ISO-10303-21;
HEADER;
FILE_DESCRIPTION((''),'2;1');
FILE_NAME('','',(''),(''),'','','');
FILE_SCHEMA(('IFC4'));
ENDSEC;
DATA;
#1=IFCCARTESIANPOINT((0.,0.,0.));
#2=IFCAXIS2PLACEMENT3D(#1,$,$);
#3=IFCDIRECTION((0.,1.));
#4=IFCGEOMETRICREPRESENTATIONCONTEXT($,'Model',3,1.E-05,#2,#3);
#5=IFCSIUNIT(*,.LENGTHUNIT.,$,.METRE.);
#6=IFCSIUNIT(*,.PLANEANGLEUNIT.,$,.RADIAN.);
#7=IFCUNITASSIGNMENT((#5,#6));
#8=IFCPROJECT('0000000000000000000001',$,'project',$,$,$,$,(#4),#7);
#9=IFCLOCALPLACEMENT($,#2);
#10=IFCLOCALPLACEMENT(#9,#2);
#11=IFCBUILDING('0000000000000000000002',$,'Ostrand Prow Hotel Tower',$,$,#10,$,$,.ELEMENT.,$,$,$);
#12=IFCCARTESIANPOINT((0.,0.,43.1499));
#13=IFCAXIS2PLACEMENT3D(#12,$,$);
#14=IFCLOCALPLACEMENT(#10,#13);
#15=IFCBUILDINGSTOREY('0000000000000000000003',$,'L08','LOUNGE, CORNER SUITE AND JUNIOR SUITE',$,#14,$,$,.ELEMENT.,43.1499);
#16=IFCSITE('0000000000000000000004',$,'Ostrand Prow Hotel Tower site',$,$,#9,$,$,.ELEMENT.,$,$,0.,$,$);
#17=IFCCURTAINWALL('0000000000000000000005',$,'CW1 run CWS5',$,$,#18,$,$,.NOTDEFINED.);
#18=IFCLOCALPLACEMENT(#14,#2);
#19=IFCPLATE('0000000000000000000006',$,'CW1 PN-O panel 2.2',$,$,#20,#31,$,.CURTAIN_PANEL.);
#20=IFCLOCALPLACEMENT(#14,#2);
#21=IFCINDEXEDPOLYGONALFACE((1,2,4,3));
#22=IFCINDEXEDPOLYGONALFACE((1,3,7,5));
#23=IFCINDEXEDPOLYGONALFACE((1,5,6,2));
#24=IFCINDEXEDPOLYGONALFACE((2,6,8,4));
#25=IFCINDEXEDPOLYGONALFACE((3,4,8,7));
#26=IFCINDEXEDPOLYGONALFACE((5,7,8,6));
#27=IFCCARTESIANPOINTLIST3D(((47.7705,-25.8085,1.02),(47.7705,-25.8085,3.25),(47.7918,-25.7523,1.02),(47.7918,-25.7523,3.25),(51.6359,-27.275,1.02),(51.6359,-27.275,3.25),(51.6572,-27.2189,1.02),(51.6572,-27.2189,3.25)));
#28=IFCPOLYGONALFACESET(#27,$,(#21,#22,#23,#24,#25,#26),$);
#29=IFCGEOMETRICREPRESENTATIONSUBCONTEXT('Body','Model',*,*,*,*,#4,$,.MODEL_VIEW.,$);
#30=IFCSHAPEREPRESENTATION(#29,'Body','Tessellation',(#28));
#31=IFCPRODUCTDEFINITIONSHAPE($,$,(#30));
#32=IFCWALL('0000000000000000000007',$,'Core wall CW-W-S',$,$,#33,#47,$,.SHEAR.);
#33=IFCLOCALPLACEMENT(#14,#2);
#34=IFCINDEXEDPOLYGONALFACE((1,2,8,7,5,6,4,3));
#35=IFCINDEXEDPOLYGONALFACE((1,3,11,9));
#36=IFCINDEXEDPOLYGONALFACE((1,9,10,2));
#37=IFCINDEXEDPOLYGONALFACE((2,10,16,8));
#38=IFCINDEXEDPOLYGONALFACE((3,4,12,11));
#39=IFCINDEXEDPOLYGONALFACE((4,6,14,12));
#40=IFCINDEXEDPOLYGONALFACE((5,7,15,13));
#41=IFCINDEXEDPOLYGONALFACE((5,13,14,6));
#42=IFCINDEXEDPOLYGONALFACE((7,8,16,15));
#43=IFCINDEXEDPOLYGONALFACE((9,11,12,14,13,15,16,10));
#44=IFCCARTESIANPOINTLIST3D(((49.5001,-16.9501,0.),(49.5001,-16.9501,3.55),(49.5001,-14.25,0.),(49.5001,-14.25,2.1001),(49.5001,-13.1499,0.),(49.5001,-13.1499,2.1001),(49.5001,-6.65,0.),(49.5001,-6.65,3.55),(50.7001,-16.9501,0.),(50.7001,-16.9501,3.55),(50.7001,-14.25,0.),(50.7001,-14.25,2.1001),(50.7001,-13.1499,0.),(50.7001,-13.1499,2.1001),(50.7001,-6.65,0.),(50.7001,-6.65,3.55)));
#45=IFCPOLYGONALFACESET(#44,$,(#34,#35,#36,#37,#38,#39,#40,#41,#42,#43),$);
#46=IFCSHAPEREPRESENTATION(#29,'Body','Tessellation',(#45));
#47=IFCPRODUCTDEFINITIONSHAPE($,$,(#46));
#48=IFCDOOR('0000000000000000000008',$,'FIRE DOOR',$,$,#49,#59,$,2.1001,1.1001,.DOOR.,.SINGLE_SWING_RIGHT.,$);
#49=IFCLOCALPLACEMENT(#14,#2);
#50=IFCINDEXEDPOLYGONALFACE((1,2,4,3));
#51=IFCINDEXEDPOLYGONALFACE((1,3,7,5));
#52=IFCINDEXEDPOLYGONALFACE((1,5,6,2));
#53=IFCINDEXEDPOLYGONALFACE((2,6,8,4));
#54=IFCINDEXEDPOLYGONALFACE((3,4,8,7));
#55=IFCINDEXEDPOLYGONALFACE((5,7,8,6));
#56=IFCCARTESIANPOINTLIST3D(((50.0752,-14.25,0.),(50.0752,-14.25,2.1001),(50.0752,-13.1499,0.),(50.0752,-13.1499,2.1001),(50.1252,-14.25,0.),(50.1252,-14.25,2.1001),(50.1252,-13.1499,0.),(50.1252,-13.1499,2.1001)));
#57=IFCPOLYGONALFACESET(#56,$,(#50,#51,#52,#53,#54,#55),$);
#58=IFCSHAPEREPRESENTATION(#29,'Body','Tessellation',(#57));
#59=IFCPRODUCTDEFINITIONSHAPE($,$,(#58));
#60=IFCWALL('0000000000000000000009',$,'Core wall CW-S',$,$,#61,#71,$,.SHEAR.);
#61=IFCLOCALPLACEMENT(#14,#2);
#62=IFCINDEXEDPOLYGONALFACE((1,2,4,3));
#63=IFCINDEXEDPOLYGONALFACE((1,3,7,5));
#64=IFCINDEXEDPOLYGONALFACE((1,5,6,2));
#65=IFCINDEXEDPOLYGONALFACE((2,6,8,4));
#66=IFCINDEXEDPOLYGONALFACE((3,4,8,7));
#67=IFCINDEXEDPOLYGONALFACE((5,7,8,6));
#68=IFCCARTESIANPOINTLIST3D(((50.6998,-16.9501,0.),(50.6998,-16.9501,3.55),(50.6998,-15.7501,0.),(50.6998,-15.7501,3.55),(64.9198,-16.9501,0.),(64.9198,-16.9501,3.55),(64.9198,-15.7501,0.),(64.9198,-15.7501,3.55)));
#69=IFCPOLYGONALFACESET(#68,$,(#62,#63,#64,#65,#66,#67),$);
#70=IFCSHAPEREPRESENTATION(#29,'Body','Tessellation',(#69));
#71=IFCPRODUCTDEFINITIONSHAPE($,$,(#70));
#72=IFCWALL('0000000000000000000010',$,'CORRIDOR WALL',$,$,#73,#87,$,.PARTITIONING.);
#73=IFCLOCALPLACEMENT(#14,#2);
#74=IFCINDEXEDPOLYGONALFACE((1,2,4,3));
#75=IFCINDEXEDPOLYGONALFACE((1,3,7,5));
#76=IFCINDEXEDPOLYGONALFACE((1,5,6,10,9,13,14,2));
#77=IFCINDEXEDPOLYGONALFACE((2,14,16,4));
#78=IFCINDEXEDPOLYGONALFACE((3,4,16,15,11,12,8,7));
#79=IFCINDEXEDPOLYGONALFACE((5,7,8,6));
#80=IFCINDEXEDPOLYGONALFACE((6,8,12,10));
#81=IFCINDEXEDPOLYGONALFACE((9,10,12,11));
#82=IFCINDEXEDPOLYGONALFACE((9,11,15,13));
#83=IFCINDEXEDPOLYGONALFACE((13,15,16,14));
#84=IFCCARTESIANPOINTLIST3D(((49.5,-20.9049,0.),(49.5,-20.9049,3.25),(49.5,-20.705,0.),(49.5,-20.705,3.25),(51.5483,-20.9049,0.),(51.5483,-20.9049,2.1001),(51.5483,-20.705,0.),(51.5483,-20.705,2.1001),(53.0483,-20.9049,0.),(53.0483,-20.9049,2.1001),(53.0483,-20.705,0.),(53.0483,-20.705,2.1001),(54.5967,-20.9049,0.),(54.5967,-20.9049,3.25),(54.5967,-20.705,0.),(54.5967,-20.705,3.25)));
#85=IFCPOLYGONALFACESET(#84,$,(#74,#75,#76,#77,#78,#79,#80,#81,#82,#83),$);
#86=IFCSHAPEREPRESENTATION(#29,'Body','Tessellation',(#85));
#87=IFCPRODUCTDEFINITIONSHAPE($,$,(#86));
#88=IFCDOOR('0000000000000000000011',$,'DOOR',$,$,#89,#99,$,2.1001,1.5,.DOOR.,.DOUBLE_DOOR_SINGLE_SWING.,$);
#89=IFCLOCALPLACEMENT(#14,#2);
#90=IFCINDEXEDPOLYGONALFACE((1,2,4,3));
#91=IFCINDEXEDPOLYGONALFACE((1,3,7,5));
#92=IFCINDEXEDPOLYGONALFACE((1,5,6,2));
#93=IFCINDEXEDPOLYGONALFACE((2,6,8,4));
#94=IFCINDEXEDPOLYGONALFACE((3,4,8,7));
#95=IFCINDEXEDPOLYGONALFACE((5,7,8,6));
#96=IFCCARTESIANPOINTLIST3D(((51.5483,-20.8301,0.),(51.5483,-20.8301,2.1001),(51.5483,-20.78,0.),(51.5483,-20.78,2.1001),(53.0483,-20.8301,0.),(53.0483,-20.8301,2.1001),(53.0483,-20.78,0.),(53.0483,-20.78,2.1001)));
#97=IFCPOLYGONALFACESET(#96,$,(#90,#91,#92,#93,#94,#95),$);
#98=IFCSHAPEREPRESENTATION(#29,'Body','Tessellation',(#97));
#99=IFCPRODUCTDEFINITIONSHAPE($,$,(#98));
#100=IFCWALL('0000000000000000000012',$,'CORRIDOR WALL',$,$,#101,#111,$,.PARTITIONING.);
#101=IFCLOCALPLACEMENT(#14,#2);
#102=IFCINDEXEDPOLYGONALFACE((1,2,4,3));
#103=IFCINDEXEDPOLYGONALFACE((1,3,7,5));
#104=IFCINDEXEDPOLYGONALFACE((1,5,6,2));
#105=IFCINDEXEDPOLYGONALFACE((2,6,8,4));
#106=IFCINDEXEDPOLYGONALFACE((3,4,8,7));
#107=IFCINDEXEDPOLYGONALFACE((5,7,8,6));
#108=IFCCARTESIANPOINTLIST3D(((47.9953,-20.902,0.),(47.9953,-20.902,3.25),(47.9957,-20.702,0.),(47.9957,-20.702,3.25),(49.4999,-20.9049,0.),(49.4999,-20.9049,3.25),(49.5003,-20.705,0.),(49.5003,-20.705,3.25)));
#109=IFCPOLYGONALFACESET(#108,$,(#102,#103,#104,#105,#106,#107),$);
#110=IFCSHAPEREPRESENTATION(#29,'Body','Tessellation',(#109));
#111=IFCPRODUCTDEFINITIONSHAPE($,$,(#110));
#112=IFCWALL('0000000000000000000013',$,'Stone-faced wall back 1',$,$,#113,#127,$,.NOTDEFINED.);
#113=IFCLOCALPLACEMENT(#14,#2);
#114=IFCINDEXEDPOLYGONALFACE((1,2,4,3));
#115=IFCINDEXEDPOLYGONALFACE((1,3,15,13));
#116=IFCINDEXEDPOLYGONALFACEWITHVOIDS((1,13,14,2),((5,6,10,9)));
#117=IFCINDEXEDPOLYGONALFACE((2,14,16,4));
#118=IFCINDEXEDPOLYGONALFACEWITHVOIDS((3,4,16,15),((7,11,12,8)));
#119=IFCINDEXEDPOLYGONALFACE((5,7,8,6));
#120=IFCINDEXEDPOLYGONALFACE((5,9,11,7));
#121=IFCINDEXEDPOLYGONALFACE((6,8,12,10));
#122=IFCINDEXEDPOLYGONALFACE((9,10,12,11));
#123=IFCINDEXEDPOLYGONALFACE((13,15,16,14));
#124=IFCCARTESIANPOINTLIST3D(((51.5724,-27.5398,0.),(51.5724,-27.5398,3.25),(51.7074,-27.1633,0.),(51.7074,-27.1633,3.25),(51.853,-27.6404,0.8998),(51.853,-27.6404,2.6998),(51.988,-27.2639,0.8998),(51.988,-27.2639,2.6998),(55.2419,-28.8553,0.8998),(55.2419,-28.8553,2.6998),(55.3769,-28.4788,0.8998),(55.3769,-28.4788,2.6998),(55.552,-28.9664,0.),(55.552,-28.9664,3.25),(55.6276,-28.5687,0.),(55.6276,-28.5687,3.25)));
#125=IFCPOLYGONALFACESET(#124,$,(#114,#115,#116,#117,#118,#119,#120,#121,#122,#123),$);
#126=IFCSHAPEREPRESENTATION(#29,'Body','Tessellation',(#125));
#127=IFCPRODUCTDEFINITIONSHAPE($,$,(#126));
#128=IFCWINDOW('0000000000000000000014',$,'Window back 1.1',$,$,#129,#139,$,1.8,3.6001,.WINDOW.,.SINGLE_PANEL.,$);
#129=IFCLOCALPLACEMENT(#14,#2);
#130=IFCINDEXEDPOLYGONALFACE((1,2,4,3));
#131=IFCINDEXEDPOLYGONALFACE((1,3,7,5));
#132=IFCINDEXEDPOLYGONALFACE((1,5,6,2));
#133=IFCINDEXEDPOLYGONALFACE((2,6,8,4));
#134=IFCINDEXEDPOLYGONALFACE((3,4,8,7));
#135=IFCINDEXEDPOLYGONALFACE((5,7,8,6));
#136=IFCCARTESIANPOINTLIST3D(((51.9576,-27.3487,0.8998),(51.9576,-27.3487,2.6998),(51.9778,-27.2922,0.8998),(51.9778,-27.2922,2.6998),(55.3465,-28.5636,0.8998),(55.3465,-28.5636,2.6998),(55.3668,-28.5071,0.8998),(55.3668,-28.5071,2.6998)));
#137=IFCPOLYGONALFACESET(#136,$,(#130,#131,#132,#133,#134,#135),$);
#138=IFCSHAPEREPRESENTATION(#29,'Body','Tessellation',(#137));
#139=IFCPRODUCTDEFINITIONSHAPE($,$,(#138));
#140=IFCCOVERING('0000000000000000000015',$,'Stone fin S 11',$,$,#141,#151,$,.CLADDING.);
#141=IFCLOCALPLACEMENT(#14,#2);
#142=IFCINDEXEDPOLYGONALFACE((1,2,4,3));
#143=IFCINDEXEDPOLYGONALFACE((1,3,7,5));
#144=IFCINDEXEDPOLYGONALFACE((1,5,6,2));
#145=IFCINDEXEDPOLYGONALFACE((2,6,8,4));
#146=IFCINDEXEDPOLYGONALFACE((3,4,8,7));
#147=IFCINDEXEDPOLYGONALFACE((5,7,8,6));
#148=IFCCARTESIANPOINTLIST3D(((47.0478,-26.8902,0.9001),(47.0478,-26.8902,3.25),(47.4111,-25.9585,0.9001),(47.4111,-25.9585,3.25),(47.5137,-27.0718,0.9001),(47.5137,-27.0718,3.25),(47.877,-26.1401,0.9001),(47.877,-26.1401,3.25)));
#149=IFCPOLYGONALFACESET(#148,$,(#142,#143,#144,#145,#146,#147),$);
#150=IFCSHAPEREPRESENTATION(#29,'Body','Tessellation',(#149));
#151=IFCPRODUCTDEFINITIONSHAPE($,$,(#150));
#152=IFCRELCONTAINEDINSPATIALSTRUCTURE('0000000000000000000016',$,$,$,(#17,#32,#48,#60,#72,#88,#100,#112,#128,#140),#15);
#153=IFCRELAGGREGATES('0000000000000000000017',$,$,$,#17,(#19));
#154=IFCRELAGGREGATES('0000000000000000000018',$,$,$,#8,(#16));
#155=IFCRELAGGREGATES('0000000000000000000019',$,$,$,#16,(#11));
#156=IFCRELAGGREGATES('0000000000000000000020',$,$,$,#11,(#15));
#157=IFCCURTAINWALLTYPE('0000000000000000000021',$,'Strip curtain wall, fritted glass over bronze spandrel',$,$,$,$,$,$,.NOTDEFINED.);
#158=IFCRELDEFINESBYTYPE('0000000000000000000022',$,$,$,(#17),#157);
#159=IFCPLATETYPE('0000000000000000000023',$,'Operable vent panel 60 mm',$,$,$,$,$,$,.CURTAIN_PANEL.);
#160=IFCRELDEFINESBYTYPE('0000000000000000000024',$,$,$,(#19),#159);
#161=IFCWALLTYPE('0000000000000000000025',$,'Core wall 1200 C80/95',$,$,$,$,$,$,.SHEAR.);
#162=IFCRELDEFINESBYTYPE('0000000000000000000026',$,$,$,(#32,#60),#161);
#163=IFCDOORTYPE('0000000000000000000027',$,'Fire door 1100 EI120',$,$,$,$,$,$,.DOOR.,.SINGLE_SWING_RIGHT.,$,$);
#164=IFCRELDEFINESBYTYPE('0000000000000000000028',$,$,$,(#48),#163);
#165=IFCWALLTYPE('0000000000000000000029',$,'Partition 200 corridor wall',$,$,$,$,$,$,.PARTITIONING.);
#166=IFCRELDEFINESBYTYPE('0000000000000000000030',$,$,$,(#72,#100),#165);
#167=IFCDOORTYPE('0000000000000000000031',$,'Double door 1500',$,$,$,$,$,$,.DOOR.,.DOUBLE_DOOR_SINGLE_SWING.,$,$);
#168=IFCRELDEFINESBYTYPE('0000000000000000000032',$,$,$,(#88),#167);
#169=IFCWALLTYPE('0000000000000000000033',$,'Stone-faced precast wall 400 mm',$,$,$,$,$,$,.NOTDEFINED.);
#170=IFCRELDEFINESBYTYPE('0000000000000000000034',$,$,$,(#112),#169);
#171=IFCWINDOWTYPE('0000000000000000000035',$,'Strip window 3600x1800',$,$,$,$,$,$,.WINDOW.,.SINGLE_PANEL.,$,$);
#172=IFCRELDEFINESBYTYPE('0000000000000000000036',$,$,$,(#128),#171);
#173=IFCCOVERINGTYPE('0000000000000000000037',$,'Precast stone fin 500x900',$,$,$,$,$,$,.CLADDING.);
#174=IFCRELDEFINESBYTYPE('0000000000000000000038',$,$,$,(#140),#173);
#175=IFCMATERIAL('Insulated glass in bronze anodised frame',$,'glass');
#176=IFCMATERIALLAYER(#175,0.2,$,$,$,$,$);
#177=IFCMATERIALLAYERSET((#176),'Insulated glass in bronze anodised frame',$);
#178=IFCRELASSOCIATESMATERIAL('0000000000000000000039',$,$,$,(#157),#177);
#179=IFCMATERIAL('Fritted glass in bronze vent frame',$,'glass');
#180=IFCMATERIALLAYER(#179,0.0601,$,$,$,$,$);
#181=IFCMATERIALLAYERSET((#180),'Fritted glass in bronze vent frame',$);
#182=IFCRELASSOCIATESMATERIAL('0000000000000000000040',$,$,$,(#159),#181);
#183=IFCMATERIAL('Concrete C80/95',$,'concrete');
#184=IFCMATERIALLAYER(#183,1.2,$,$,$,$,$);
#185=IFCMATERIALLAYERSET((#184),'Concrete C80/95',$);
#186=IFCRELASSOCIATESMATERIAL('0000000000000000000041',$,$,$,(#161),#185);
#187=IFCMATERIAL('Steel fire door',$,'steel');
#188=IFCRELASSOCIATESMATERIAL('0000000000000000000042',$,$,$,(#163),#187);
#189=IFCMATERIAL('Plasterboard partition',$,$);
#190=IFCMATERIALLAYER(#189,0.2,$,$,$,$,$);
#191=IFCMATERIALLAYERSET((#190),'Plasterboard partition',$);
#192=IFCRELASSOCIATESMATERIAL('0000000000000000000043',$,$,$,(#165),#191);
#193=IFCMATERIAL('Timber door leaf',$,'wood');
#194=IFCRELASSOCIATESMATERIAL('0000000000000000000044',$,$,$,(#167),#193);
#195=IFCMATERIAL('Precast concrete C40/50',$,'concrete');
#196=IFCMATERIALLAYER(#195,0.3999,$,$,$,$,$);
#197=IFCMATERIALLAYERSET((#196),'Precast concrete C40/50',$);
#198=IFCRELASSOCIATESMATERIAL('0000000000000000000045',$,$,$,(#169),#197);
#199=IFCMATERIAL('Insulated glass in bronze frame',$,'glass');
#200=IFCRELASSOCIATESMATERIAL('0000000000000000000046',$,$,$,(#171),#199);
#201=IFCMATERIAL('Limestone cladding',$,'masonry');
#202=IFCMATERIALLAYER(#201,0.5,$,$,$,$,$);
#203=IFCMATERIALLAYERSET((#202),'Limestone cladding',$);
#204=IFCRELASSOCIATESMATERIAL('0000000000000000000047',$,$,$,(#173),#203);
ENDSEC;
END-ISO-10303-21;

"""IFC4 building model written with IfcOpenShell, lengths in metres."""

from ifc_helpers import new_model, si_unit, direction, frame, frame_2d, origin, origin_2d, place, context, subcontext, project, spatial, polyline, rectangle, outline, extrude, material, layer, layer_set, type_object, element, fill, aggregate, save


model = new_model("IFC4")

# Units and contexts
model_context = context("Model", 3, precision=1e-05, world=origin(), true_north=direction((0.0, 1.0)))
body_context = subcontext(model_context, "Body", "Model", "MODEL_VIEW")
ifc_project = project(units=[si_unit("LENGTHUNIT", "METRE"), si_unit("PLANEANGLEUNIT", "RADIAN")], contexts=[model_context])

# Site, building, storey
site_placement = place(None, origin())
site = spatial("IfcSite", under=ifc_project, at=site_placement, Name="Ostrand Prow Hotel Tower site", CompositionType="ELEMENT", RefElevation=0.0)
building_placement = place(site_placement, origin())
building = spatial("IfcBuilding", under=site, at=building_placement, Name="Ostrand Prow Hotel Tower", CompositionType="ELEMENT")
storey_placement = place(building_placement, frame((0.0, 0.0, 43.1499)))
storey = spatial("IfcBuildingStorey", under=building, at=storey_placement, Name="L08", Description="LOUNGE, CORNER SUITE AND JUNIOR SUITE", CompositionType="ELEMENT", Elevation=43.1499)

# Curtain wall
ifc_material_1 = material(Name="Insulated glass in bronze anodised frame", Category="glass")
ifc_layer_1 = layer(ifc_material_1, 0.2)
ifc_layer_set_1 = layer_set([ifc_layer_1], Name="Insulated glass in bronze anodised frame")
curtain_wall_type = type_object("IfcCurtainWallType", Name="Strip curtain wall, fritted glass over bronze spandrel", PredefinedType="NOTDEFINED", material=ifc_layer_set_1)
curtain_wall_1_placement = place(storey_placement, origin())
curtain_wall_1 = element("IfcCurtainWall", 1, at=curtain_wall_1_placement, inside=storey, type_object=curtain_wall_type, Name="CW1 run CWS5", PredefinedType="NOTDEFINED")

# Plate
ifc_material_2 = material(Name="Fritted glass in bronze vent frame", Category="glass")
ifc_layer_2 = layer(ifc_material_2, 0.0601)
ifc_layer_set_2 = layer_set([ifc_layer_2], Name="Fritted glass in bronze vent frame")
plate_type_1 = type_object("IfcPlateType", Name="Operable vent panel 60 mm", PredefinedType="CURTAIN_PANEL", material=ifc_layer_set_2)
plate_1_placement = place(storey_placement, frame((49.7139, -26.5137, 1.02), z_axis=(0.0, 0.0, 1.0), x_axis=(0.934969, -0.354728, 0.0)))
plate_1 = element("IfcPlate", 2, at=plate_1_placement, type_object=plate_type_1, Name="CW1 PN-O panel 2.2", PredefinedType="CURTAIN_PANEL", context=body_context, shape_type="SweptSolid", body=[
    extrude(rectangle(XDim=4.1343, YDim=0.0601, at=origin_2d()), origin(), (0.0, 0.0, 1.0), 2.23),
])
aggregate(curtain_wall_1, [plate_1])

# Wall, opening, door
ifc_material_3 = material(Name="Concrete C80/95", Category="concrete")
ifc_layer_3 = layer(ifc_material_3, 1.2)
ifc_layer_set_3 = layer_set([ifc_layer_3], Name="Concrete C80/95")
wall_type_1 = type_object("IfcWallType", Name="Core wall 1200 C80/95", PredefinedType="SHEAR", material=ifc_layer_set_3)
wall_1_placement = place(storey_placement, frame((50.1001, -16.95, 0.0), z_axis=(0.0, 0.0, 1.0), x_axis=(0.0, 1.0, 0.0)))
wall_1 = element("IfcWall", 3, at=wall_1_placement, inside=storey, type_object=wall_type_1, Name="Core wall CW-W-S", PredefinedType="SHEAR", context=body_context, shape_type="SweptSolid", body=[
    extrude(rectangle(XDim=10.3, YDim=1.2, at=frame_2d((5.1499, 0.0))), origin(), (0.0, 0.0, 1.0), 3.55),
])
opening_1_placement = place(wall_1_placement, frame((2.7, 0.0, 0.0)))
opening_1 = element("IfcOpeningElement", 4, at=opening_1_placement, cuts=wall_1, PredefinedType="OPENING", context=body_context, shape_type="SweptSolid", body=[
    extrude(rectangle(XDim=1.1001, YDim=2.1001, at=frame_2d((0.55, 1.05))), frame((0.0, 0.6099, 0.0), z_axis=(0.0, -1.0, 0.0), x_axis=(1.0, 0.0, 0.0)), (0.0, 0.0, 1.0), 1.22),
])
ifc_material_4 = material(Name="Steel fire door", Category="steel")
door_type_1 = type_object("IfcDoorType", Name="Fire door 1100 EI120", OperationType="SINGLE_SWING_RIGHT", PredefinedType="DOOR", material=ifc_material_4)
door_1_placement = place(opening_1_placement, origin())
door_1 = element("IfcDoor", 5, at=door_1_placement, inside=storey, type_object=door_type_1, Name="FIRE DOOR", OperationType="SINGLE_SWING_RIGHT", OverallHeight=2.1001, OverallWidth=1.1001, PredefinedType="DOOR", context=body_context, shape_type="SweptSolid", body=[
    extrude(rectangle(XDim=1.1001, YDim=2.1001, at=frame_2d((0.55, 1.05))), frame((0.0, 0.0249, 0.0), z_axis=(0.0, -1.0, 0.0), x_axis=(1.0, 0.0, 0.0)), (0.0, 0.0, 1.0), 0.05),
])
fill(opening_1, door_1)

# Wall
wall_2_placement = place(storey_placement, frame((50.7, -16.3501, 0.0), z_axis=(0.0, 0.0, 1.0), x_axis=(1.0, 0.0, 0.0)))
element("IfcWall", 6, at=wall_2_placement, inside=storey, type_object=wall_type_1, Name="Core wall CW-S", PredefinedType="SHEAR", context=body_context, shape_type="SweptSolid", body=[
    extrude(rectangle(XDim=14.22, YDim=1.2, at=frame_2d((7.1099, 0.0))), origin(), (0.0, 0.0, 1.0), 3.55),
])

# Wall, opening, door
ifc_material_5 = material(Name="Plasterboard partition")
ifc_layer_4 = layer(ifc_material_5, 0.2)
ifc_layer_set_4 = layer_set([ifc_layer_4], Name="Plasterboard partition")
wall_type_2 = type_object("IfcWallType", Name="Partition 200 corridor wall", PredefinedType="PARTITIONING", material=ifc_layer_set_4)
wall_3_placement = place(storey_placement, frame((49.5, -20.8049, 0.0), z_axis=(0.0, 0.0, 1.0), x_axis=(1.0, 0.0, 0.0)))
wall_3 = element("IfcWall", 7, at=wall_3_placement, inside=storey, type_object=wall_type_2, Name="CORRIDOR WALL", PredefinedType="PARTITIONING", context=body_context, shape_type="SweptSolid", body=[
    extrude(rectangle(XDim=5.0967, YDim=0.2, at=frame_2d((2.5483, 0.0))), origin(), (0.0, 0.0, 1.0), 3.25),
])
opening_2_placement = place(wall_3_placement, frame((2.0483, 0.0, 0.0)))
opening_2 = element("IfcOpeningElement", 8, at=opening_2_placement, cuts=wall_3, PredefinedType="OPENING", context=body_context, shape_type="SweptSolid", body=[
    extrude(rectangle(XDim=1.5, YDim=2.1001, at=frame_2d((0.75, 1.05))), frame((0.0, 0.1099, 0.0), z_axis=(0.0, -1.0, 0.0), x_axis=(1.0, 0.0, 0.0)), (0.0, 0.0, 1.0), 0.22),
])
ifc_material_6 = material(Name="Timber door leaf", Category="wood")
door_type_2 = type_object("IfcDoorType", Name="Double door 1500", OperationType="DOUBLE_DOOR_SINGLE_SWING", PredefinedType="DOOR", material=ifc_material_6)
door_2_placement = place(opening_2_placement, origin())
door_2 = element("IfcDoor", 9, at=door_2_placement, inside=storey, type_object=door_type_2, Name="DOOR", OperationType="DOUBLE_DOOR_SINGLE_SWING", OverallHeight=2.1001, OverallWidth=1.5, PredefinedType="DOOR", context=body_context, shape_type="SweptSolid", body=[
    extrude(rectangle(XDim=1.5, YDim=2.1001, at=frame_2d((0.75, 1.05))), frame((0.0, 0.0249, 0.0), z_axis=(0.0, -1.0, 0.0), x_axis=(1.0, 0.0, 0.0)), (0.0, 0.0, 1.0), 0.05),
])
fill(opening_2, door_2)

# Wall
wall_4_placement = place(storey_placement, frame((47.9954, -20.802, 0.0), z_axis=(0.0, 0.0, 1.0), x_axis=(0.999998, -0.001947, 0.0)))
element("IfcWall", 10, at=wall_4_placement, inside=storey, type_object=wall_type_2, Name="CORRIDOR WALL", PredefinedType="PARTITIONING", context=body_context, shape_type="SweptSolid", body=[
    extrude(rectangle(XDim=1.5046, YDim=0.2, at=frame_2d((0.7524, 0.0))), origin(), (0.0, 0.0, 1.0), 3.25),
])

# Wall, opening, window
ifc_material_7 = material(Name="Precast concrete C40/50", Category="concrete")
ifc_layer_5 = layer(ifc_material_7, 0.3999)
ifc_layer_set_5 = layer_set([ifc_layer_5], Name="Precast concrete C40/50")
wall_type_3 = type_object("IfcWallType", Name="Stone-faced precast wall 400 mm", PredefinedType="NOTDEFINED", material=ifc_layer_set_5)
wall_5_placement = place(storey_placement, frame((51.6399, -27.3516, 0.0), z_axis=(0.0, 0.0, 1.0), x_axis=(0.94134, -0.33746, 0.0)))
wall_5 = element("IfcWall", 11, at=wall_5_placement, inside=storey, type_object=wall_type_3, Name="Stone-faced wall back 1", PredefinedType="NOTDEFINED", context=body_context, shape_type="SweptSolid", body=[
    extrude(outline(polyline([(0.0, -0.2), (4.2275, -0.2), (4.1646, 0.2), (0.0, 0.2), (0.0, -0.2)])), origin(), (0.0, 0.0, 1.0), 3.25),
])
opening_3_placement = place(wall_5_placement, frame((0.2981, 0.0, 0.8999)))
opening_3 = element("IfcOpeningElement", 12, at=opening_3_placement, cuts=wall_5, PredefinedType="OPENING", context=body_context, shape_type="SweptSolid", body=[
    extrude(rectangle(XDim=3.6001, YDim=1.8, at=frame_2d((1.8, 0.8999))), frame((0.0, 0.21, 0.0), z_axis=(0.0, -1.0, 0.0), x_axis=(1.0, 0.0, 0.0)), (0.0, 0.0, 1.0), 0.4199),
])
ifc_material_8 = material(Name="Insulated glass in bronze frame", Category="glass")
window_type = type_object("IfcWindowType", Name="Strip window 3600x1800", PartitioningType="SINGLE_PANEL", PredefinedType="WINDOW", material=ifc_material_8)
window_placement = place(opening_3_placement, origin())
window = element("IfcWindow", 13, at=window_placement, inside=storey, type_object=window_type, Name="Window back 1.1", OverallHeight=1.8, OverallWidth=3.6001, PartitioningType="SINGLE_PANEL", PredefinedType="WINDOW", context=body_context, shape_type="SweptSolid", body=[
    extrude(rectangle(XDim=3.6001, YDim=1.8, at=frame_2d((1.8, 0.8999))), frame((0.0, 0.1699, 0.0), z_axis=(0.0, -1.0, 0.0), x_axis=(1.0, 0.0, 0.0)), (0.0, 0.0, 1.0), 0.0601),
])
fill(opening_3, window)

# Covering
ifc_material_9 = material(Name="Limestone cladding", Category="masonry")
ifc_layer_6 = layer(ifc_material_9, 0.5)
ifc_layer_set_6 = layer_set([ifc_layer_6], Name="Limestone cladding")
covering_type = type_object("IfcCoveringType", Name="Precast stone fin 500x900", PredefinedType="CLADDING", material=ifc_layer_set_6)
covering_placement = place(storey_placement, frame((47.644, -26.0493, 0.9001), z_axis=(0.0, 0.0, 1.0), x_axis=(-0.363294, -0.931674, 0.0)))
element("IfcCovering", 14, at=covering_placement, inside=storey, type_object=covering_type, Name="Stone fin S 11", PredefinedType="CLADDING", context=body_context, shape_type="SweptSolid", body=[
    extrude(rectangle(XDim=1.0, YDim=0.5, at=frame_2d((0.5, 0.0))), origin(), (0.0, 0.0, 1.0), 2.3499),
])

save(model, "model.ifc")
